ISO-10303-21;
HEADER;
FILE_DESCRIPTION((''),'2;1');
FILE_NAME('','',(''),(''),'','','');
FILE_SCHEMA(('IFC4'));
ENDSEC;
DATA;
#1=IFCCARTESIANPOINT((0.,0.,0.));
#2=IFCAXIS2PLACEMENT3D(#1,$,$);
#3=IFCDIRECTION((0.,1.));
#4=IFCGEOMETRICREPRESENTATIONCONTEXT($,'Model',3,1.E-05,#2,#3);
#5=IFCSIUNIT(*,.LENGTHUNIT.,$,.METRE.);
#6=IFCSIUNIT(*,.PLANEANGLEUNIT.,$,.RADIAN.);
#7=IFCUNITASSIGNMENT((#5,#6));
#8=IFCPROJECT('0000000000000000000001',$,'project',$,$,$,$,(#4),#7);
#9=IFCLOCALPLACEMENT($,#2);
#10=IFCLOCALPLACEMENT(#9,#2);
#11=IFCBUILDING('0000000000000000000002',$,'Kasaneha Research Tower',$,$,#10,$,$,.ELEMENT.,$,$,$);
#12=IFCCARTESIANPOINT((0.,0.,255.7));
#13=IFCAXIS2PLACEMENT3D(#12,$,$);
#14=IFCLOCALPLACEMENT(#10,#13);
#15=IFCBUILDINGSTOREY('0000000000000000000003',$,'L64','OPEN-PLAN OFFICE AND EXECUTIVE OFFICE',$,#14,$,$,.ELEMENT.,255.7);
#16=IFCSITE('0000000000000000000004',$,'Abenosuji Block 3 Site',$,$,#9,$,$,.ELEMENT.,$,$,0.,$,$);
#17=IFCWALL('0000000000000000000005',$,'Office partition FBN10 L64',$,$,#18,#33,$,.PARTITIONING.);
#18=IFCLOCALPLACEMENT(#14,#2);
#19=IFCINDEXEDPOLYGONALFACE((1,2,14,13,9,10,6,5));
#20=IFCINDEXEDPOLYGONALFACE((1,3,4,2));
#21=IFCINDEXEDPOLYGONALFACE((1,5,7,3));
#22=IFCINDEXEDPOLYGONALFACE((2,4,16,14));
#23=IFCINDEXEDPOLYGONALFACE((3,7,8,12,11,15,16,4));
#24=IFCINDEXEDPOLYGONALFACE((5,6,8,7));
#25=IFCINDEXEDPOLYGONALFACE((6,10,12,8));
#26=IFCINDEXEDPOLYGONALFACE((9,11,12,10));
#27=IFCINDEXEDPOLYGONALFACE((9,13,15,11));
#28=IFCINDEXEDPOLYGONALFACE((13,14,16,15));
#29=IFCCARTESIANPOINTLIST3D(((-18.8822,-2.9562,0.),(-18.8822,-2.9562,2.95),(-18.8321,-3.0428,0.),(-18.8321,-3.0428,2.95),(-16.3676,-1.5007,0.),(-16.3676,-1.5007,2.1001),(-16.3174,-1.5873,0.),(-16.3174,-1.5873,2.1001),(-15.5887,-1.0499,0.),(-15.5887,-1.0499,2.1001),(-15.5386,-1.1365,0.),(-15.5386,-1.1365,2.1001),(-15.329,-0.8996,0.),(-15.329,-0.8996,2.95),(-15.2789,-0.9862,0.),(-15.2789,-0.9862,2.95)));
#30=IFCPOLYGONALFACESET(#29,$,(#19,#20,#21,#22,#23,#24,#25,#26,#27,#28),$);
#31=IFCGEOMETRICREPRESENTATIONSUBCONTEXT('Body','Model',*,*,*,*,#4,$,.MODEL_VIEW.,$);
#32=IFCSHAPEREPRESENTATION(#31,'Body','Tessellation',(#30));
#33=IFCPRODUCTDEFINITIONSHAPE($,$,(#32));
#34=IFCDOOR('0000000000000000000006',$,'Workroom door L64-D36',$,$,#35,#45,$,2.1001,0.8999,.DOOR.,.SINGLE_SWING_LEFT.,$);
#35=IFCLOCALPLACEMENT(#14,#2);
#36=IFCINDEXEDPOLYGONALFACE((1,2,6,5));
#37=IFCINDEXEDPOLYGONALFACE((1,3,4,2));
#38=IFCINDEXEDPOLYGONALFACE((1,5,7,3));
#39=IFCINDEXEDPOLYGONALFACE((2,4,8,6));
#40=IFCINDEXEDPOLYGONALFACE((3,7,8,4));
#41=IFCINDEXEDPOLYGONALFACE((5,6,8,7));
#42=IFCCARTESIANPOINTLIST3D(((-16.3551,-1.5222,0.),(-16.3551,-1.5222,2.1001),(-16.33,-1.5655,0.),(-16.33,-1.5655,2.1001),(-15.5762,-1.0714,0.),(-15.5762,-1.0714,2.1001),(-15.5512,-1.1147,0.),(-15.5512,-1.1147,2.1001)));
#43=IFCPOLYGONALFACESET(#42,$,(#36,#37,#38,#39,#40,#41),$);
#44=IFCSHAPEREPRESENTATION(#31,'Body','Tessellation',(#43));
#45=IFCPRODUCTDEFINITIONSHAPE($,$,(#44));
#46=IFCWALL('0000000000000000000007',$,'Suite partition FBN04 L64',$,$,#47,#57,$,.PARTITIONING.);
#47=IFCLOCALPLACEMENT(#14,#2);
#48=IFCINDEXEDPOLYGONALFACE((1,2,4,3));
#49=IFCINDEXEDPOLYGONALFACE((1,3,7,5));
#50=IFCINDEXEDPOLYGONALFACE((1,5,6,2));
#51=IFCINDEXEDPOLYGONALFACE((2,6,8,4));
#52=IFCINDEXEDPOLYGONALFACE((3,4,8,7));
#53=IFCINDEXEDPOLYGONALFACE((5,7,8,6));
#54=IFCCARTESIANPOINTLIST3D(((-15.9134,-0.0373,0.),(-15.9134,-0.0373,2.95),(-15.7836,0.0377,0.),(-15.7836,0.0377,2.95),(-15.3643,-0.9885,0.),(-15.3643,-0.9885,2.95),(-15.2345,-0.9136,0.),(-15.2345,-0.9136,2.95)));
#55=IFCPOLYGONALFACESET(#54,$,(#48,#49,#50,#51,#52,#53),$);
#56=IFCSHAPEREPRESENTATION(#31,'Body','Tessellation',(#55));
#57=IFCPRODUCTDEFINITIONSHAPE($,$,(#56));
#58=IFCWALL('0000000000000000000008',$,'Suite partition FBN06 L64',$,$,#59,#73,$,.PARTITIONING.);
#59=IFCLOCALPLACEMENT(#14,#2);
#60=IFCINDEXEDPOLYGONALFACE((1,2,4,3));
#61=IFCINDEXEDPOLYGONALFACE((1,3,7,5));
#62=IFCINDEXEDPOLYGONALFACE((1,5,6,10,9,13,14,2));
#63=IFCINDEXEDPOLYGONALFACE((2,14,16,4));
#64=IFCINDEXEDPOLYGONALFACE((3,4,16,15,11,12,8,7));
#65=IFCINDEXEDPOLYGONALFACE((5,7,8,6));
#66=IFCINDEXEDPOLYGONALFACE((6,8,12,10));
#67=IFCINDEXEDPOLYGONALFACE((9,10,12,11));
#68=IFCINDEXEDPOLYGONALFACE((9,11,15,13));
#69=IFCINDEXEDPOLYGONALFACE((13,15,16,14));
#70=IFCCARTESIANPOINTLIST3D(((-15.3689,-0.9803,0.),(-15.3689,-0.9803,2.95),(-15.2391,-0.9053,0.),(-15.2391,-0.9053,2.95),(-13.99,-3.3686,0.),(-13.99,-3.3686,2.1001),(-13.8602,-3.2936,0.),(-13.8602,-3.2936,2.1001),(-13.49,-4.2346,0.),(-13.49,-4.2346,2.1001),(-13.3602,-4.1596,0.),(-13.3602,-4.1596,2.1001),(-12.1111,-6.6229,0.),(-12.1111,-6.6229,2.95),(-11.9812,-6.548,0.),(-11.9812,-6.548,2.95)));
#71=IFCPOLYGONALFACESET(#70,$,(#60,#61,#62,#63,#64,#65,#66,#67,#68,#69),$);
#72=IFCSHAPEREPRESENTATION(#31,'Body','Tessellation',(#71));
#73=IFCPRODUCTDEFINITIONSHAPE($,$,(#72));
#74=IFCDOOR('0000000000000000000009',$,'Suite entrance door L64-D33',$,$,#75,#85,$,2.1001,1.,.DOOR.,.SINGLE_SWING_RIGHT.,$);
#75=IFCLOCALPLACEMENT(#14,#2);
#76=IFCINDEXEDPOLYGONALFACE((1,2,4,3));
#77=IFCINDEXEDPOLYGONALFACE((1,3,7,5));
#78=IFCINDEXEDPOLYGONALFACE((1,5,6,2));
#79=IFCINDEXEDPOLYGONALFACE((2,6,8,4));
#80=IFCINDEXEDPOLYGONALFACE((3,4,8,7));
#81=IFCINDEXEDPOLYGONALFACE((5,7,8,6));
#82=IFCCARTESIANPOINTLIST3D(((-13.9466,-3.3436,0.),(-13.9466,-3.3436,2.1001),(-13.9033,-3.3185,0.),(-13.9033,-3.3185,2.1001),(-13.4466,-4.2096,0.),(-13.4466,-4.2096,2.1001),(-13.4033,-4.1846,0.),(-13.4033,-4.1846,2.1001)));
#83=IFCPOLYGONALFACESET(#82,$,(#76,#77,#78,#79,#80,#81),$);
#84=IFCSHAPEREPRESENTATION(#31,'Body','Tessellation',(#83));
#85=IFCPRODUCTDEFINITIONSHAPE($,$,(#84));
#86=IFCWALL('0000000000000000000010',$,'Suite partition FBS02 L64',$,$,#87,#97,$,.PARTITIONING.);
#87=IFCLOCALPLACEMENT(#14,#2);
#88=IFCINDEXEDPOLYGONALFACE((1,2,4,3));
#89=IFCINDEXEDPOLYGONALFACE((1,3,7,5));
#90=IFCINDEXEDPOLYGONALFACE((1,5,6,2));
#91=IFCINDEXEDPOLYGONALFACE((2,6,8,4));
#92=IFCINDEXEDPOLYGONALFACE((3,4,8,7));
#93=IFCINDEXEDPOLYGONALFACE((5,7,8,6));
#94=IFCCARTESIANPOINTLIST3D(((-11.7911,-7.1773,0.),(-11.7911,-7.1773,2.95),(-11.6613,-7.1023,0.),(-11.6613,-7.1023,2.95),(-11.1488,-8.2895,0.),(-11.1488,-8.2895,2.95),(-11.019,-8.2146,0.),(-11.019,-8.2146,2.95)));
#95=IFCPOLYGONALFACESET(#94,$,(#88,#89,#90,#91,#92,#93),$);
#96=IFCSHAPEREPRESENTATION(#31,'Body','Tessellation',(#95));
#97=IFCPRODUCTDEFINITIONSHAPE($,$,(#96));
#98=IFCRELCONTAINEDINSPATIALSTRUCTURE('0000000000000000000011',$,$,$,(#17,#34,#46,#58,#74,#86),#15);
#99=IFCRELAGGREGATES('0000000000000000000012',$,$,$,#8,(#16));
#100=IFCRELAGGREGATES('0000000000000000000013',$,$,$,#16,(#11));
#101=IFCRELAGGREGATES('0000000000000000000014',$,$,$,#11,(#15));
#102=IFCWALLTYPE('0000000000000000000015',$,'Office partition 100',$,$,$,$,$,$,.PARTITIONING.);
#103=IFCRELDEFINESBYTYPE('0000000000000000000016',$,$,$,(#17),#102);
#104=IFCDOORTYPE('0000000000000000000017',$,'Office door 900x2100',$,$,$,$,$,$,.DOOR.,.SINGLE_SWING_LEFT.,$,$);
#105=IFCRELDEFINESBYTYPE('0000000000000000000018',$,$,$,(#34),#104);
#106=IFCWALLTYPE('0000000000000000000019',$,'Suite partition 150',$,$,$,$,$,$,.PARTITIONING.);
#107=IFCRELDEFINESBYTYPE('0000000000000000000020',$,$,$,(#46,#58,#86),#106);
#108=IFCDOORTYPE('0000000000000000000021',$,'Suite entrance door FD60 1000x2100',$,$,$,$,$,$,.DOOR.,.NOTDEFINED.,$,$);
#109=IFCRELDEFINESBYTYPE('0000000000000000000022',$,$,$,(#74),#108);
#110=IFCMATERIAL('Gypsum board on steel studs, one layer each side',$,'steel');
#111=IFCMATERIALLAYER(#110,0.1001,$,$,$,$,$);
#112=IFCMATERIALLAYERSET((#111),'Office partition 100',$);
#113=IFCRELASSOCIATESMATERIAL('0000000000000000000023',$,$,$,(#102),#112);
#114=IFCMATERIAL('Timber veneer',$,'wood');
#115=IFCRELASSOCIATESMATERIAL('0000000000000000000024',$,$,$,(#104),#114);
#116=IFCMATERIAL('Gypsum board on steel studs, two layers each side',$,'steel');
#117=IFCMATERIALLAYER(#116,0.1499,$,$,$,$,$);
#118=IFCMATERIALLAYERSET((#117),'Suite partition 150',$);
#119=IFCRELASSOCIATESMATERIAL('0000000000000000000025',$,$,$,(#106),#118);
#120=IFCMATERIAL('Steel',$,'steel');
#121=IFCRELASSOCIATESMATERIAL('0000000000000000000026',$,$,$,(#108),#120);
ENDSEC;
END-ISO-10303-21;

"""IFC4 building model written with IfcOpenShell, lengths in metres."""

from ifc_helpers import new_model, si_unit, direction, frame, frame_2d, origin, place, context, subcontext, project, spatial, rectangle, extrude, material, layer, layer_set, type_object, element, fill, save


model = new_model("IFC4")

# Units and contexts
model_context = context("Model", 3, precision=1e-05, world=origin(), true_north=direction((0.0, 1.0)))
body_context = subcontext(model_context, "Body", "Model", "MODEL_VIEW")
ifc_project = project(units=[si_unit("LENGTHUNIT", "METRE"), si_unit("PLANEANGLEUNIT", "RADIAN")], contexts=[model_context])

# Site, building, storey
site_placement = place(None, origin())
site = spatial("IfcSite", under=ifc_project, at=site_placement, Name="Abenosuji Block 3 Site", CompositionType="ELEMENT", RefElevation=0.0)
building_placement = place(site_placement, origin())
building = spatial("IfcBuilding", under=site, at=building_placement, Name="Kasaneha Research Tower", CompositionType="ELEMENT")
storey_placement = place(building_placement, frame((0.0, 0.0, 255.7)))
storey = spatial("IfcBuildingStorey", under=building, at=storey_placement, Name="L64", Description="OPEN-PLAN OFFICE AND EXECUTIVE OFFICE", CompositionType="ELEMENT", Elevation=255.7)

# Wall, opening, door
ifc_material_1 = material(Name="Gypsum board on steel studs, one layer each side", Category="steel")
ifc_layer_1 = layer(ifc_material_1, 0.1001)
ifc_layer_set_1 = layer_set([ifc_layer_1], Name="Office partition 100")
wall_type_1 = type_object("IfcWallType", Name="Office partition 100", PredefinedType="PARTITIONING", material=ifc_layer_set_1)
wall_1_placement = place(storey_placement, frame((-15.304, -0.9429, 0.0), z_axis=(0.0, 0.0, 1.0), x_axis=(-0.865478, -0.500947, 0.0)))
wall_1 = element("IfcWall", 1, at=wall_1_placement, inside=storey, type_object=wall_type_1, Name="Office partition FBN10 L64", PredefinedType="PARTITIONING", context=body_context, shape_type="SweptSolid", body=[
    extrude(rectangle(XDim=4.1055, YDim=0.1001, at=frame_2d((2.0527, 0.0))), origin(), (0.0, 0.0, 1.0), 2.95),
])
opening_1_placement = place(wall_1_placement, frame((0.3, 0.0, 0.0)))
opening_1 = element("IfcOpeningElement", 2, at=opening_1_placement, cuts=wall_1, PredefinedType="OPENING", context=body_context, shape_type="SweptSolid", body=[
    extrude(rectangle(XDim=0.8999, YDim=2.1001, at=frame_2d((0.45, 1.05))), frame((0.0, 0.0601, 0.0), z_axis=(0.0, -1.0, 0.0), x_axis=(1.0, 0.0, 0.0)), (0.0, 0.0, 1.0), 0.1201),
])
ifc_material_2 = material(Name="Timber veneer", Category="wood")
door_type_1 = type_object("IfcDoorType", Name="Office door 900x2100", OperationType="SINGLE_SWING_LEFT", PredefinedType="DOOR", material=ifc_material_2)
door_1_placement = place(opening_1_placement, origin())
door_1 = element("IfcDoor", 3, at=door_1_placement, inside=storey, type_object=door_type_1, Name="Workroom door L64-D36", OperationType="SINGLE_SWING_LEFT", OverallHeight=2.1001, OverallWidth=0.8999, PredefinedType="DOOR", context=body_context, shape_type="SweptSolid", body=[
    extrude(rectangle(XDim=0.8999, YDim=2.1001, at=frame_2d((0.45, 1.05))), frame((0.0, 0.0249, 0.0), z_axis=(0.0, -1.0, 0.0), x_axis=(1.0, 0.0, 0.0)), (0.0, 0.0, 1.0), 0.05),
])
fill(opening_1, door_1)

# Wall
ifc_material_3 = material(Name="Gypsum board on steel studs, two layers each side", Category="steel")
ifc_layer_2 = layer(ifc_material_3, 0.1499)
ifc_layer_set_2 = layer_set([ifc_layer_2], Name="Suite partition 150")
wall_type_2 = type_object("IfcWallType", Name="Suite partition 150", PredefinedType="PARTITIONING", material=ifc_layer_set_2)
wall_2_placement = place(storey_placement, frame((-15.2993, -0.9512, 0.0), z_axis=(0.0, 0.0, 1.0), x_axis=(-0.499941, 0.86606, 0.0)))
element("IfcWall", 4, at=wall_2_placement, inside=storey, type_object=wall_type_2, Name="Suite partition FBN04 L64", PredefinedType="PARTITIONING", context=body_context, shape_type="SweptSolid", body=[
    extrude(rectangle(XDim=1.0984, YDim=0.1499, at=frame_2d((0.5493, 0.0))), origin(), (0.0, 0.0, 1.0), 2.95),
])

# Wall, opening, door
wall_3_placement = place(storey_placement, frame((-12.0461, -6.5854, 0.0), z_axis=(0.0, 0.0, 1.0), x_axis=(-0.500008, 0.866021, 0.0)))
wall_3 = element("IfcWall", 5, at=wall_3_placement, inside=storey, type_object=wall_type_2, Name="Suite partition FBN06 L64", PredefinedType="PARTITIONING", context=body_context, shape_type="SweptSolid", body=[
    extrude(rectangle(XDim=6.5156, YDim=0.1499, at=frame_2d((3.2578, 0.0))), origin(), (0.0, 0.0, 1.0), 2.95),
])
opening_2_placement = place(wall_3_placement, frame((2.7578, 0.0, 0.0)))
opening_2 = element("IfcOpeningElement", 6, at=opening_2_placement, cuts=wall_3, PredefinedType="OPENING", context=body_context, shape_type="SweptSolid", body=[
    extrude(rectangle(XDim=1.0, YDim=2.1001, at=frame_2d((0.5, 1.05))), frame((0.0, 0.085, 0.0), z_axis=(0.0, -1.0, 0.0), x_axis=(1.0, 0.0, 0.0)), (0.0, 0.0, 1.0), 0.1699),
])
ifc_material_4 = material(Name="Steel", Category="steel")
door_type_2 = type_object("IfcDoorType", Name="Suite entrance door FD60 1000x2100", OperationType="NOTDEFINED", PredefinedType="DOOR", material=ifc_material_4)
door_2_placement = place(opening_2_placement, origin())
door_2 = element("IfcDoor", 7, at=door_2_placement, inside=storey, type_object=door_type_2, Name="Suite entrance door L64-D33", OperationType="SINGLE_SWING_RIGHT", OverallHeight=2.1001, OverallWidth=1.0, PredefinedType="DOOR", context=body_context, shape_type="SweptSolid", body=[
    extrude(rectangle(XDim=1.0, YDim=2.1001, at=frame_2d((0.5, 1.05))), frame((0.0, 0.0249, 0.0), z_axis=(0.0, -1.0, 0.0), x_axis=(1.0, 0.0, 0.0)), (0.0, 0.0, 1.0), 0.05),
])
fill(opening_2, door_2)

# Wall
wall_4_placement = place(storey_placement, frame((-11.084, -8.252, 0.0), z_axis=(0.0, 0.0, 1.0), x_axis=(-0.500084, 0.865977, 0.0)))
element("IfcWall", 8, at=wall_4_placement, inside=storey, type_object=wall_type_2, Name="Suite partition FBS02 L64", PredefinedType="PARTITIONING", context=body_context, shape_type="SweptSolid", body=[
    extrude(rectangle(XDim=1.2844, YDim=0.1499, at=frame_2d((0.6421, 0.0))), origin(), (0.0, 0.0, 1.0), 2.95),
])

save(model, "model.ifc")
